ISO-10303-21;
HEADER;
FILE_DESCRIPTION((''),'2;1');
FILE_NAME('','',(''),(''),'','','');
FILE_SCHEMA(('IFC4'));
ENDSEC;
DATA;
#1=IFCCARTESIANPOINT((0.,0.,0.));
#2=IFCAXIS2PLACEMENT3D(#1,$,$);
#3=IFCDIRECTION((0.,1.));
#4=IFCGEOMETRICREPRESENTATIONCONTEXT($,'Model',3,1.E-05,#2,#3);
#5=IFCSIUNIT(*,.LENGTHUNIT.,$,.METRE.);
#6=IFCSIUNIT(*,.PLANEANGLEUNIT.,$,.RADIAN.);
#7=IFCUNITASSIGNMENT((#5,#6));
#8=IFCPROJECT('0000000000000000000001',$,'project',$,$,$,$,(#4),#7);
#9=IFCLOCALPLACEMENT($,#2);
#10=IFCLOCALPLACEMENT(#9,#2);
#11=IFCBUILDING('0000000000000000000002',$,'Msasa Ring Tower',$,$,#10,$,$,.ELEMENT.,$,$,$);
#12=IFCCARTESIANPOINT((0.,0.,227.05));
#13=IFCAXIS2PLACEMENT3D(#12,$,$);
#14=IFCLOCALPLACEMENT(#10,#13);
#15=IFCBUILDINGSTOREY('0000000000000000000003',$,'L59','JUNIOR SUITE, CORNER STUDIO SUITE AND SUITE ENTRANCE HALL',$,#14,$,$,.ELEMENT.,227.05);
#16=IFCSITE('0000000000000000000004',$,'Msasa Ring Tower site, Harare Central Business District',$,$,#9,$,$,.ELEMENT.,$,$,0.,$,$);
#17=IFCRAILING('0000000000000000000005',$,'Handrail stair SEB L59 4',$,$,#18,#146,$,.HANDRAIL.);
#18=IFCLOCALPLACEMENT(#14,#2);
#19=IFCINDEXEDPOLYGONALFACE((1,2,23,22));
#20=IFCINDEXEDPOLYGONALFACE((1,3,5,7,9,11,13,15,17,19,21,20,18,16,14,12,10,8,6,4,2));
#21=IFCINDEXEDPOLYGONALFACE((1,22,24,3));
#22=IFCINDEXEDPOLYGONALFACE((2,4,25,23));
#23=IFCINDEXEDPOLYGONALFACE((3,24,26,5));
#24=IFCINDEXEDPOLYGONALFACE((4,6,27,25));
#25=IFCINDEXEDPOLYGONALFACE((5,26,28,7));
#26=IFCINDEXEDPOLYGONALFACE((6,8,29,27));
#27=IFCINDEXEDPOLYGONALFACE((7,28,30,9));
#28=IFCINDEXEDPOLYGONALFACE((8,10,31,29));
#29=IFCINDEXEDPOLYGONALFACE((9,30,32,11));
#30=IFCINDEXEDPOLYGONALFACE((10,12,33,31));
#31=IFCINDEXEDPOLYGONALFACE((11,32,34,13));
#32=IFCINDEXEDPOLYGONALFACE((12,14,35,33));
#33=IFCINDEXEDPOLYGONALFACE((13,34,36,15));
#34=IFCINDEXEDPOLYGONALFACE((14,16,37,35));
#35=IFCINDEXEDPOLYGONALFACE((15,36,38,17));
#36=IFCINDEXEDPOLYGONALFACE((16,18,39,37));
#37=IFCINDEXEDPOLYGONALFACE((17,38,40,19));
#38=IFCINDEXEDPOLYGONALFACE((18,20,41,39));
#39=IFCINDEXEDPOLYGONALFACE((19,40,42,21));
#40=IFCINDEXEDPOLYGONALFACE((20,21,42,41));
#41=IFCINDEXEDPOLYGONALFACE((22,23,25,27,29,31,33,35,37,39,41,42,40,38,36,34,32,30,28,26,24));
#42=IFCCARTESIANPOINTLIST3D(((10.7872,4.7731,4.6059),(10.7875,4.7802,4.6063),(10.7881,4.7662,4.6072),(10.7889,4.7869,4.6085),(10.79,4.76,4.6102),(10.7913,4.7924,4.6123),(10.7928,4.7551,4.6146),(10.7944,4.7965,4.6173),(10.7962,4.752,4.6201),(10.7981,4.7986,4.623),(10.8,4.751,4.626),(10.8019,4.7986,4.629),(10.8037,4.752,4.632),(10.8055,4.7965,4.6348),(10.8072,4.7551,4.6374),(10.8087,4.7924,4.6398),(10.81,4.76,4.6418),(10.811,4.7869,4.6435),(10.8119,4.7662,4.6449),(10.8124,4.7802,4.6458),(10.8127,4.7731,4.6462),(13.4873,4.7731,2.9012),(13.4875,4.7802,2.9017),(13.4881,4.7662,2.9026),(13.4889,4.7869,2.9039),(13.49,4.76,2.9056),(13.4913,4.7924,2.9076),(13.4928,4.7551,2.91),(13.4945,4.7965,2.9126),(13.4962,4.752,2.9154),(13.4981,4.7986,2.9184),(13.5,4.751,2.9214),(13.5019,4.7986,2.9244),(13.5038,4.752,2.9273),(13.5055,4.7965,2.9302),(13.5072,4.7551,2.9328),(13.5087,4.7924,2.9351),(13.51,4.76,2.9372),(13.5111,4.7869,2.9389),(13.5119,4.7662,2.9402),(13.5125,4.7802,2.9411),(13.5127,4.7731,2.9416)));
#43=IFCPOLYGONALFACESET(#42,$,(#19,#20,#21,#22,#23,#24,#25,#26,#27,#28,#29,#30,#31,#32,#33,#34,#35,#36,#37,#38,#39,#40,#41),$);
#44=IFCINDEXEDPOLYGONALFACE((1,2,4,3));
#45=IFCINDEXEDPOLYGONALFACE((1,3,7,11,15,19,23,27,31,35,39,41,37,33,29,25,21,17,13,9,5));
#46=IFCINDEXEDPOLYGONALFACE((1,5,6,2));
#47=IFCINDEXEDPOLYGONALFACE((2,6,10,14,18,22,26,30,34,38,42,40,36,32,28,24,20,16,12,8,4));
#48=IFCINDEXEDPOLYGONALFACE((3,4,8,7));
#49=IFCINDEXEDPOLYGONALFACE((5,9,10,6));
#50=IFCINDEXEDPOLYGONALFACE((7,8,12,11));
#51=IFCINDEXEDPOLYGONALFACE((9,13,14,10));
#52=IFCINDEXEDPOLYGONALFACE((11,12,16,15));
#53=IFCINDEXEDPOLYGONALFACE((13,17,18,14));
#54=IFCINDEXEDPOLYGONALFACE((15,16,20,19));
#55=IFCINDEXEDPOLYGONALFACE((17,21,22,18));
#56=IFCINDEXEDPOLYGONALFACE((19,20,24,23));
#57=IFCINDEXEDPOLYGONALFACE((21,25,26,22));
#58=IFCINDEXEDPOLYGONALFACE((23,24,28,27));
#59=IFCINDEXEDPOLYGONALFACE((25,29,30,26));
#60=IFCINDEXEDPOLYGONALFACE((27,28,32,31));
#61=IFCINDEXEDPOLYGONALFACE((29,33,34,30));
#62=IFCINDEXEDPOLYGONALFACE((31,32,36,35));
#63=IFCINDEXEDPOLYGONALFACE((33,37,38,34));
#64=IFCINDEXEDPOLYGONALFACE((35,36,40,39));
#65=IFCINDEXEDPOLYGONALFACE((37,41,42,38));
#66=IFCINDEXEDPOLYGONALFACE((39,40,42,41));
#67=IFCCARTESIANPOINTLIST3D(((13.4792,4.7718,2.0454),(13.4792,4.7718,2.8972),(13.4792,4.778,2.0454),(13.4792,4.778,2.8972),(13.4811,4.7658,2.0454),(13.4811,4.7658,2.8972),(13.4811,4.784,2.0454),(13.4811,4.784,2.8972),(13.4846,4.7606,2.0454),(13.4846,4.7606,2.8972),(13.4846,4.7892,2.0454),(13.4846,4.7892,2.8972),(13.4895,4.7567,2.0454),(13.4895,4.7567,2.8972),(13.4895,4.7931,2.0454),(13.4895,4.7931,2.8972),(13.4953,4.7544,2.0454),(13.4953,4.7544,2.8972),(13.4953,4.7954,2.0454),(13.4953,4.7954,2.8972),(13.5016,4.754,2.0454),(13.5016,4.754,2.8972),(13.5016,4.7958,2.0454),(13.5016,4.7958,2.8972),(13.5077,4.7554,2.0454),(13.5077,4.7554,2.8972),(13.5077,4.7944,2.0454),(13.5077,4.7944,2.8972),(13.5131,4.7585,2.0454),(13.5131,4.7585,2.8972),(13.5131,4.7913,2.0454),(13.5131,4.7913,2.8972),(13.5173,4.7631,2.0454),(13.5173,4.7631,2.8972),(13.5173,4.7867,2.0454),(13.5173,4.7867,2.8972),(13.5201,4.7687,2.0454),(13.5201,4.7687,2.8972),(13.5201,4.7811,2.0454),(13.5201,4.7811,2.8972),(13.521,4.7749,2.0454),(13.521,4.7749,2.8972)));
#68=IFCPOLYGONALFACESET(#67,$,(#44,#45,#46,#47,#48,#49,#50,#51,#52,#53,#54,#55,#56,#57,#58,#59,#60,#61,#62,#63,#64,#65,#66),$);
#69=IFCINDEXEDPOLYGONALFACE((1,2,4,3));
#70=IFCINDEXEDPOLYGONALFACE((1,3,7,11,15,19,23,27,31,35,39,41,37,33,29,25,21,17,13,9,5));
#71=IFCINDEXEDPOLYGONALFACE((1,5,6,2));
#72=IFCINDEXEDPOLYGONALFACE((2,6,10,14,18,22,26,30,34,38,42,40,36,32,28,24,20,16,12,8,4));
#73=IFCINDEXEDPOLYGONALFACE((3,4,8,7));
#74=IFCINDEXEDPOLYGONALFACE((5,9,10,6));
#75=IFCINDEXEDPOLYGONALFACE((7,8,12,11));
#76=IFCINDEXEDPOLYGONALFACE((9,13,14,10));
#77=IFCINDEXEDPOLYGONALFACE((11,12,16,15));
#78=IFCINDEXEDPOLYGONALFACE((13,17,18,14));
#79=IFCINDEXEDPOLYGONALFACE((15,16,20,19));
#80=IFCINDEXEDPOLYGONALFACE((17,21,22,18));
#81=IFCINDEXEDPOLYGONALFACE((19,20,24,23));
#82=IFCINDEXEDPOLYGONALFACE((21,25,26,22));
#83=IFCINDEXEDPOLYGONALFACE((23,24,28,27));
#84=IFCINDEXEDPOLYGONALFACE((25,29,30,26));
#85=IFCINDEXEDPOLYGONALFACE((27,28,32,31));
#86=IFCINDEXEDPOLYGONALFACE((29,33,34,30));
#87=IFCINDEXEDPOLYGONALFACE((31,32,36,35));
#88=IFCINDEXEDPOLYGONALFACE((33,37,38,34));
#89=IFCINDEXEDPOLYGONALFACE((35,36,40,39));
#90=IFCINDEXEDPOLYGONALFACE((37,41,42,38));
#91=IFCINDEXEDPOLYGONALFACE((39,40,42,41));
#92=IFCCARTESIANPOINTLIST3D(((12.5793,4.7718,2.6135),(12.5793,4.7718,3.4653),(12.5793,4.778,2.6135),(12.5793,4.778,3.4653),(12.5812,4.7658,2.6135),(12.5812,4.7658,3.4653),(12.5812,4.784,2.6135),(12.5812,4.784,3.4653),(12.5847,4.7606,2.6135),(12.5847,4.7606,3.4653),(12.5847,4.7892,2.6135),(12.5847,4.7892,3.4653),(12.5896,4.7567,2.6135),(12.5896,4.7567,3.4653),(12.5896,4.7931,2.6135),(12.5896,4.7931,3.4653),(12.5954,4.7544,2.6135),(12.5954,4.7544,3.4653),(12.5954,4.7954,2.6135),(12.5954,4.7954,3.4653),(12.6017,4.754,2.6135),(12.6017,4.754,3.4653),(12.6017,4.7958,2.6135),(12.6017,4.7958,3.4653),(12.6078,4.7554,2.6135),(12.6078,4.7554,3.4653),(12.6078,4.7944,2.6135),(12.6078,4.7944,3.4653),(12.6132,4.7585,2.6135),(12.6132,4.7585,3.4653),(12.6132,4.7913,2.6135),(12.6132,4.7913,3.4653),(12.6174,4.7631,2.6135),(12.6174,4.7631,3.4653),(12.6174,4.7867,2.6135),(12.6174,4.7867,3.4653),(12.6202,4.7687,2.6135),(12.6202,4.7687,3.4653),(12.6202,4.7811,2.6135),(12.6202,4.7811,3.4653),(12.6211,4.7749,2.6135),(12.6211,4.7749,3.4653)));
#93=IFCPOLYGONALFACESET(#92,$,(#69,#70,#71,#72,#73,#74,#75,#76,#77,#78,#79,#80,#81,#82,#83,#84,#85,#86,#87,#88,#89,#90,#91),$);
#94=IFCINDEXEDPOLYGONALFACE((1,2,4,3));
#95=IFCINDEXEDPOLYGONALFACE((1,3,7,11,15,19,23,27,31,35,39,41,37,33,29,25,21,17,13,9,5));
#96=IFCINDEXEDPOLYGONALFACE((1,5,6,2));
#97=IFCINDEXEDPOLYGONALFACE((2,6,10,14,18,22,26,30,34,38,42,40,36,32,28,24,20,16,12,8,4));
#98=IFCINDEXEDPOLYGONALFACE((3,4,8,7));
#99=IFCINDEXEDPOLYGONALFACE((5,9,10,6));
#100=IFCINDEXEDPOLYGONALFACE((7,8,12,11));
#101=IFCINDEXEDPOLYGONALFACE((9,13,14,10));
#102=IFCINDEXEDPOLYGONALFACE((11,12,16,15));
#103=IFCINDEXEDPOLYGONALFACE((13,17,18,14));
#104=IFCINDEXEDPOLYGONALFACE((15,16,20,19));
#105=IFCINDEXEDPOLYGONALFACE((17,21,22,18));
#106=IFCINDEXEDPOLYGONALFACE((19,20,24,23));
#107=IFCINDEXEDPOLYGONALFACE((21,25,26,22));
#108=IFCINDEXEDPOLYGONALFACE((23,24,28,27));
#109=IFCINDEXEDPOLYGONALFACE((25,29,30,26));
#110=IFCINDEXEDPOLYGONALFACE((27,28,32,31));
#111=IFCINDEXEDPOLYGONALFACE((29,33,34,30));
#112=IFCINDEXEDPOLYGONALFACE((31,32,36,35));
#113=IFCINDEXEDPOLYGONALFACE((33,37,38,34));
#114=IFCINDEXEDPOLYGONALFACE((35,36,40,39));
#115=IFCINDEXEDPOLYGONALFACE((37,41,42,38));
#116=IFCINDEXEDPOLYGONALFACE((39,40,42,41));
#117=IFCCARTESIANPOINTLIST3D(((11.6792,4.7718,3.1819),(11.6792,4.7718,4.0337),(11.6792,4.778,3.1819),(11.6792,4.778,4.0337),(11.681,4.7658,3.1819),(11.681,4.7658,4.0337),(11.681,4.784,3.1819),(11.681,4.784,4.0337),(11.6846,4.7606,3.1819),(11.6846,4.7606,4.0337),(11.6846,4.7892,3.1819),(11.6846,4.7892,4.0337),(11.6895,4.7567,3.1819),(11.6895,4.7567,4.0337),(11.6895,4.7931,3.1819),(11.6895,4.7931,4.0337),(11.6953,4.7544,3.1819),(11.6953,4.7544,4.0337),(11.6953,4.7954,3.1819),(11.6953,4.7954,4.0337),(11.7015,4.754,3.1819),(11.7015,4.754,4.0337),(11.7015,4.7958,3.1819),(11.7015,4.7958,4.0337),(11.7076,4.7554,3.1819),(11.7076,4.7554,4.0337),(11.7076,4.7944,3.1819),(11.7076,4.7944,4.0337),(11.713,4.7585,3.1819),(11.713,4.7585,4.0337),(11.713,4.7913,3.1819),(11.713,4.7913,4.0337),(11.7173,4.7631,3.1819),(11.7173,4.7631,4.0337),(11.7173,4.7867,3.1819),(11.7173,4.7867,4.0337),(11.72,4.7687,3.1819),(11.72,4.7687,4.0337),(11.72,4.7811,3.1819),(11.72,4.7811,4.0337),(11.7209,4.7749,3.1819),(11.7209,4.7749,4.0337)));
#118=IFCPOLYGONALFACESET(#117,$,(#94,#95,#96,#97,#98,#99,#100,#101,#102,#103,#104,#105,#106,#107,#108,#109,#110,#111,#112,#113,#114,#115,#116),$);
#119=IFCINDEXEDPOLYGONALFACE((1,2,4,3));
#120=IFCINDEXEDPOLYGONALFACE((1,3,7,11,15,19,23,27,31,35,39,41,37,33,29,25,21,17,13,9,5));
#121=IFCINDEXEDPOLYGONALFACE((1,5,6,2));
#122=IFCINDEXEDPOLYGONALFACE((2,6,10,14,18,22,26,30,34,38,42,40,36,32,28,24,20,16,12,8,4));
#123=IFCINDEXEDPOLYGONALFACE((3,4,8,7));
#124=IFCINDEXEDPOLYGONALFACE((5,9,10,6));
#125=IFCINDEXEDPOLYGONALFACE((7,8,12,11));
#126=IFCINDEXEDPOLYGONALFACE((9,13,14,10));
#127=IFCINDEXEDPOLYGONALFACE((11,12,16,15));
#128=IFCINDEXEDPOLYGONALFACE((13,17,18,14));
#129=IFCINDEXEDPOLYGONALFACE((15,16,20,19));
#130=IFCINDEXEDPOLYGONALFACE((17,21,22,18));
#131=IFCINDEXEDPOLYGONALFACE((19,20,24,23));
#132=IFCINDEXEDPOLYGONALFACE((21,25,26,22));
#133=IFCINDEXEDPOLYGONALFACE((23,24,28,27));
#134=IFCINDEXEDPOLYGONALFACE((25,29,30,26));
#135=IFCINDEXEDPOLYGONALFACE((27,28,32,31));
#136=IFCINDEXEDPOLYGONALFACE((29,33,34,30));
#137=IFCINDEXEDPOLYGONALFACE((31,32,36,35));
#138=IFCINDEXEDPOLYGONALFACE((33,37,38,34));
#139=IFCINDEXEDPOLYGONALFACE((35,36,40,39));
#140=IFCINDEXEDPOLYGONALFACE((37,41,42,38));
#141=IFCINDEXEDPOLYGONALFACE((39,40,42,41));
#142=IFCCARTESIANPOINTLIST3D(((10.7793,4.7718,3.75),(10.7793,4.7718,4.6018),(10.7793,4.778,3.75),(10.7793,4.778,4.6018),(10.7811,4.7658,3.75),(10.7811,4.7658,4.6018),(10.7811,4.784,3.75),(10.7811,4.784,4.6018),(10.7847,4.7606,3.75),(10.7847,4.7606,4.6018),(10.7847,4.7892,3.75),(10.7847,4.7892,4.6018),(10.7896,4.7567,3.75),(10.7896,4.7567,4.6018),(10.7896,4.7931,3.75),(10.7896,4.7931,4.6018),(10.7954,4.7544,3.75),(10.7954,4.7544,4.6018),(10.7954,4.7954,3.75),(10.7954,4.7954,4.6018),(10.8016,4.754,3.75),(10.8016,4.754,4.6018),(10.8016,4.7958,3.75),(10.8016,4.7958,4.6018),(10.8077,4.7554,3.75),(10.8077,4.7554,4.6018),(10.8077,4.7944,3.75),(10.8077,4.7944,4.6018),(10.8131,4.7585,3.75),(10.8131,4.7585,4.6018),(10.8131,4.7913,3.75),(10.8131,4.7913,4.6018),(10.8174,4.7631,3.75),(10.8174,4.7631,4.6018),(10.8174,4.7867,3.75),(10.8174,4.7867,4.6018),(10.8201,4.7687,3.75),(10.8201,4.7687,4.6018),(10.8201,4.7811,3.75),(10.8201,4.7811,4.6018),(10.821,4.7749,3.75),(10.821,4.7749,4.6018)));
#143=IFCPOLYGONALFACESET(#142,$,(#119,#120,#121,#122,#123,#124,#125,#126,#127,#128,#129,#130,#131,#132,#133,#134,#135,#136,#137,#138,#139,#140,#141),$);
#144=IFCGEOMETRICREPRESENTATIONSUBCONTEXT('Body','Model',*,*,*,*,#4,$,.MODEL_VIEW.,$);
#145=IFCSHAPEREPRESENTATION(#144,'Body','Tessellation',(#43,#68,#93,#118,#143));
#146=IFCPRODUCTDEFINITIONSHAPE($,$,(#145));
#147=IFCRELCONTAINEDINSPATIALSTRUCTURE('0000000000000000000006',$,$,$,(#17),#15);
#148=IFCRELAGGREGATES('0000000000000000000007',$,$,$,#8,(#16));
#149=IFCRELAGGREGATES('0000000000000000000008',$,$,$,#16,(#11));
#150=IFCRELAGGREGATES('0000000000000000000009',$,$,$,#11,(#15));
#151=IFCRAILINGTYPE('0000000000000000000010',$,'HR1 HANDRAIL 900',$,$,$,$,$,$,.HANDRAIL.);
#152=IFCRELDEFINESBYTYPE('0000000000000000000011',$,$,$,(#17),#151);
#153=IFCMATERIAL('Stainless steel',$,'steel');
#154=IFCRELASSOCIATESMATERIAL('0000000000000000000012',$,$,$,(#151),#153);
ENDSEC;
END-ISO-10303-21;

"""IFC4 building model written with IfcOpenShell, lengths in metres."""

from ifc_helpers import new_model, si_unit, direction, frame, origin, origin_2d, place, context, subcontext, project, spatial, circle, extrude, material, type_object, element, save


model = new_model("IFC4")

# Units and contexts
model_context = context("Model", 3, precision=1e-05, world=origin(), true_north=direction((0.0, 1.0)))
body_context = subcontext(model_context, "Body", "Model", "MODEL_VIEW")
ifc_project = project(units=[si_unit("LENGTHUNIT", "METRE"), si_unit("PLANEANGLEUNIT", "RADIAN")], contexts=[model_context])

# Site, building, storey
site_placement = place(None, origin())
site = spatial("IfcSite", under=ifc_project, at=site_placement, Name="Msasa Ring Tower site, Harare Central Business District", CompositionType="ELEMENT", RefElevation=0.0)
building_placement = place(site_placement, origin())
building = spatial("IfcBuilding", under=site, at=building_placement, Name="Msasa Ring Tower", CompositionType="ELEMENT")
storey_placement = place(building_placement, frame((0.0, 0.0, 227.05)))
storey = spatial("IfcBuildingStorey", under=building, at=storey_placement, Name="L59", Description="JUNIOR SUITE, CORNER STUDIO SUITE AND SUITE ENTRANCE HALL", CompositionType="ELEMENT", Elevation=227.05)

# Railing
ifc_material_1 = material(Name="Stainless steel", Category="steel")
railing_type = type_object("IfcRailingType", Name="HR1 HANDRAIL 900", PredefinedType="HANDRAIL", material=ifc_material_1)
for number, where, name in (
    (1, (13.5, 4.7749, 2.0454), "Handrail stair SEB L59 4"),
):
    element("IfcRailing", number, at=place(storey_placement, frame(where)), inside=storey, type_object=railing_type, Name=name, PredefinedType="HANDRAIL", context=body_context, shape_type="SweptSolid", body=[
        extrude(circle(Radius=0.0239, at=origin_2d()), frame((0.0, 0.0, 0.876), z_axis=(-0.84558, 0.0, 0.533849), x_axis=(0.0, -1.0, 0.0)), (0.0, 0.0, 1.0), 3.1931),
        extrude(circle(Radius=0.021, at=origin_2d()), origin(), (0.0, 0.0, 1.0), 0.8518),
        extrude(circle(Radius=0.021, at=origin_2d()), frame((-0.8999, 0.0, 0.5681)), (0.0, 0.0, 1.0), 0.8518),
        extrude(circle(Radius=0.021, at=origin_2d()), frame((-1.8, 0.0, 1.1365)), (0.0, 0.0, 1.0), 0.8518),
        extrude(circle(Radius=0.021, at=origin_2d()), frame((-2.7, 0.0, 1.7046)), (0.0, 0.0, 1.0), 0.8518),
    ])

save(model, "model.ifc")
